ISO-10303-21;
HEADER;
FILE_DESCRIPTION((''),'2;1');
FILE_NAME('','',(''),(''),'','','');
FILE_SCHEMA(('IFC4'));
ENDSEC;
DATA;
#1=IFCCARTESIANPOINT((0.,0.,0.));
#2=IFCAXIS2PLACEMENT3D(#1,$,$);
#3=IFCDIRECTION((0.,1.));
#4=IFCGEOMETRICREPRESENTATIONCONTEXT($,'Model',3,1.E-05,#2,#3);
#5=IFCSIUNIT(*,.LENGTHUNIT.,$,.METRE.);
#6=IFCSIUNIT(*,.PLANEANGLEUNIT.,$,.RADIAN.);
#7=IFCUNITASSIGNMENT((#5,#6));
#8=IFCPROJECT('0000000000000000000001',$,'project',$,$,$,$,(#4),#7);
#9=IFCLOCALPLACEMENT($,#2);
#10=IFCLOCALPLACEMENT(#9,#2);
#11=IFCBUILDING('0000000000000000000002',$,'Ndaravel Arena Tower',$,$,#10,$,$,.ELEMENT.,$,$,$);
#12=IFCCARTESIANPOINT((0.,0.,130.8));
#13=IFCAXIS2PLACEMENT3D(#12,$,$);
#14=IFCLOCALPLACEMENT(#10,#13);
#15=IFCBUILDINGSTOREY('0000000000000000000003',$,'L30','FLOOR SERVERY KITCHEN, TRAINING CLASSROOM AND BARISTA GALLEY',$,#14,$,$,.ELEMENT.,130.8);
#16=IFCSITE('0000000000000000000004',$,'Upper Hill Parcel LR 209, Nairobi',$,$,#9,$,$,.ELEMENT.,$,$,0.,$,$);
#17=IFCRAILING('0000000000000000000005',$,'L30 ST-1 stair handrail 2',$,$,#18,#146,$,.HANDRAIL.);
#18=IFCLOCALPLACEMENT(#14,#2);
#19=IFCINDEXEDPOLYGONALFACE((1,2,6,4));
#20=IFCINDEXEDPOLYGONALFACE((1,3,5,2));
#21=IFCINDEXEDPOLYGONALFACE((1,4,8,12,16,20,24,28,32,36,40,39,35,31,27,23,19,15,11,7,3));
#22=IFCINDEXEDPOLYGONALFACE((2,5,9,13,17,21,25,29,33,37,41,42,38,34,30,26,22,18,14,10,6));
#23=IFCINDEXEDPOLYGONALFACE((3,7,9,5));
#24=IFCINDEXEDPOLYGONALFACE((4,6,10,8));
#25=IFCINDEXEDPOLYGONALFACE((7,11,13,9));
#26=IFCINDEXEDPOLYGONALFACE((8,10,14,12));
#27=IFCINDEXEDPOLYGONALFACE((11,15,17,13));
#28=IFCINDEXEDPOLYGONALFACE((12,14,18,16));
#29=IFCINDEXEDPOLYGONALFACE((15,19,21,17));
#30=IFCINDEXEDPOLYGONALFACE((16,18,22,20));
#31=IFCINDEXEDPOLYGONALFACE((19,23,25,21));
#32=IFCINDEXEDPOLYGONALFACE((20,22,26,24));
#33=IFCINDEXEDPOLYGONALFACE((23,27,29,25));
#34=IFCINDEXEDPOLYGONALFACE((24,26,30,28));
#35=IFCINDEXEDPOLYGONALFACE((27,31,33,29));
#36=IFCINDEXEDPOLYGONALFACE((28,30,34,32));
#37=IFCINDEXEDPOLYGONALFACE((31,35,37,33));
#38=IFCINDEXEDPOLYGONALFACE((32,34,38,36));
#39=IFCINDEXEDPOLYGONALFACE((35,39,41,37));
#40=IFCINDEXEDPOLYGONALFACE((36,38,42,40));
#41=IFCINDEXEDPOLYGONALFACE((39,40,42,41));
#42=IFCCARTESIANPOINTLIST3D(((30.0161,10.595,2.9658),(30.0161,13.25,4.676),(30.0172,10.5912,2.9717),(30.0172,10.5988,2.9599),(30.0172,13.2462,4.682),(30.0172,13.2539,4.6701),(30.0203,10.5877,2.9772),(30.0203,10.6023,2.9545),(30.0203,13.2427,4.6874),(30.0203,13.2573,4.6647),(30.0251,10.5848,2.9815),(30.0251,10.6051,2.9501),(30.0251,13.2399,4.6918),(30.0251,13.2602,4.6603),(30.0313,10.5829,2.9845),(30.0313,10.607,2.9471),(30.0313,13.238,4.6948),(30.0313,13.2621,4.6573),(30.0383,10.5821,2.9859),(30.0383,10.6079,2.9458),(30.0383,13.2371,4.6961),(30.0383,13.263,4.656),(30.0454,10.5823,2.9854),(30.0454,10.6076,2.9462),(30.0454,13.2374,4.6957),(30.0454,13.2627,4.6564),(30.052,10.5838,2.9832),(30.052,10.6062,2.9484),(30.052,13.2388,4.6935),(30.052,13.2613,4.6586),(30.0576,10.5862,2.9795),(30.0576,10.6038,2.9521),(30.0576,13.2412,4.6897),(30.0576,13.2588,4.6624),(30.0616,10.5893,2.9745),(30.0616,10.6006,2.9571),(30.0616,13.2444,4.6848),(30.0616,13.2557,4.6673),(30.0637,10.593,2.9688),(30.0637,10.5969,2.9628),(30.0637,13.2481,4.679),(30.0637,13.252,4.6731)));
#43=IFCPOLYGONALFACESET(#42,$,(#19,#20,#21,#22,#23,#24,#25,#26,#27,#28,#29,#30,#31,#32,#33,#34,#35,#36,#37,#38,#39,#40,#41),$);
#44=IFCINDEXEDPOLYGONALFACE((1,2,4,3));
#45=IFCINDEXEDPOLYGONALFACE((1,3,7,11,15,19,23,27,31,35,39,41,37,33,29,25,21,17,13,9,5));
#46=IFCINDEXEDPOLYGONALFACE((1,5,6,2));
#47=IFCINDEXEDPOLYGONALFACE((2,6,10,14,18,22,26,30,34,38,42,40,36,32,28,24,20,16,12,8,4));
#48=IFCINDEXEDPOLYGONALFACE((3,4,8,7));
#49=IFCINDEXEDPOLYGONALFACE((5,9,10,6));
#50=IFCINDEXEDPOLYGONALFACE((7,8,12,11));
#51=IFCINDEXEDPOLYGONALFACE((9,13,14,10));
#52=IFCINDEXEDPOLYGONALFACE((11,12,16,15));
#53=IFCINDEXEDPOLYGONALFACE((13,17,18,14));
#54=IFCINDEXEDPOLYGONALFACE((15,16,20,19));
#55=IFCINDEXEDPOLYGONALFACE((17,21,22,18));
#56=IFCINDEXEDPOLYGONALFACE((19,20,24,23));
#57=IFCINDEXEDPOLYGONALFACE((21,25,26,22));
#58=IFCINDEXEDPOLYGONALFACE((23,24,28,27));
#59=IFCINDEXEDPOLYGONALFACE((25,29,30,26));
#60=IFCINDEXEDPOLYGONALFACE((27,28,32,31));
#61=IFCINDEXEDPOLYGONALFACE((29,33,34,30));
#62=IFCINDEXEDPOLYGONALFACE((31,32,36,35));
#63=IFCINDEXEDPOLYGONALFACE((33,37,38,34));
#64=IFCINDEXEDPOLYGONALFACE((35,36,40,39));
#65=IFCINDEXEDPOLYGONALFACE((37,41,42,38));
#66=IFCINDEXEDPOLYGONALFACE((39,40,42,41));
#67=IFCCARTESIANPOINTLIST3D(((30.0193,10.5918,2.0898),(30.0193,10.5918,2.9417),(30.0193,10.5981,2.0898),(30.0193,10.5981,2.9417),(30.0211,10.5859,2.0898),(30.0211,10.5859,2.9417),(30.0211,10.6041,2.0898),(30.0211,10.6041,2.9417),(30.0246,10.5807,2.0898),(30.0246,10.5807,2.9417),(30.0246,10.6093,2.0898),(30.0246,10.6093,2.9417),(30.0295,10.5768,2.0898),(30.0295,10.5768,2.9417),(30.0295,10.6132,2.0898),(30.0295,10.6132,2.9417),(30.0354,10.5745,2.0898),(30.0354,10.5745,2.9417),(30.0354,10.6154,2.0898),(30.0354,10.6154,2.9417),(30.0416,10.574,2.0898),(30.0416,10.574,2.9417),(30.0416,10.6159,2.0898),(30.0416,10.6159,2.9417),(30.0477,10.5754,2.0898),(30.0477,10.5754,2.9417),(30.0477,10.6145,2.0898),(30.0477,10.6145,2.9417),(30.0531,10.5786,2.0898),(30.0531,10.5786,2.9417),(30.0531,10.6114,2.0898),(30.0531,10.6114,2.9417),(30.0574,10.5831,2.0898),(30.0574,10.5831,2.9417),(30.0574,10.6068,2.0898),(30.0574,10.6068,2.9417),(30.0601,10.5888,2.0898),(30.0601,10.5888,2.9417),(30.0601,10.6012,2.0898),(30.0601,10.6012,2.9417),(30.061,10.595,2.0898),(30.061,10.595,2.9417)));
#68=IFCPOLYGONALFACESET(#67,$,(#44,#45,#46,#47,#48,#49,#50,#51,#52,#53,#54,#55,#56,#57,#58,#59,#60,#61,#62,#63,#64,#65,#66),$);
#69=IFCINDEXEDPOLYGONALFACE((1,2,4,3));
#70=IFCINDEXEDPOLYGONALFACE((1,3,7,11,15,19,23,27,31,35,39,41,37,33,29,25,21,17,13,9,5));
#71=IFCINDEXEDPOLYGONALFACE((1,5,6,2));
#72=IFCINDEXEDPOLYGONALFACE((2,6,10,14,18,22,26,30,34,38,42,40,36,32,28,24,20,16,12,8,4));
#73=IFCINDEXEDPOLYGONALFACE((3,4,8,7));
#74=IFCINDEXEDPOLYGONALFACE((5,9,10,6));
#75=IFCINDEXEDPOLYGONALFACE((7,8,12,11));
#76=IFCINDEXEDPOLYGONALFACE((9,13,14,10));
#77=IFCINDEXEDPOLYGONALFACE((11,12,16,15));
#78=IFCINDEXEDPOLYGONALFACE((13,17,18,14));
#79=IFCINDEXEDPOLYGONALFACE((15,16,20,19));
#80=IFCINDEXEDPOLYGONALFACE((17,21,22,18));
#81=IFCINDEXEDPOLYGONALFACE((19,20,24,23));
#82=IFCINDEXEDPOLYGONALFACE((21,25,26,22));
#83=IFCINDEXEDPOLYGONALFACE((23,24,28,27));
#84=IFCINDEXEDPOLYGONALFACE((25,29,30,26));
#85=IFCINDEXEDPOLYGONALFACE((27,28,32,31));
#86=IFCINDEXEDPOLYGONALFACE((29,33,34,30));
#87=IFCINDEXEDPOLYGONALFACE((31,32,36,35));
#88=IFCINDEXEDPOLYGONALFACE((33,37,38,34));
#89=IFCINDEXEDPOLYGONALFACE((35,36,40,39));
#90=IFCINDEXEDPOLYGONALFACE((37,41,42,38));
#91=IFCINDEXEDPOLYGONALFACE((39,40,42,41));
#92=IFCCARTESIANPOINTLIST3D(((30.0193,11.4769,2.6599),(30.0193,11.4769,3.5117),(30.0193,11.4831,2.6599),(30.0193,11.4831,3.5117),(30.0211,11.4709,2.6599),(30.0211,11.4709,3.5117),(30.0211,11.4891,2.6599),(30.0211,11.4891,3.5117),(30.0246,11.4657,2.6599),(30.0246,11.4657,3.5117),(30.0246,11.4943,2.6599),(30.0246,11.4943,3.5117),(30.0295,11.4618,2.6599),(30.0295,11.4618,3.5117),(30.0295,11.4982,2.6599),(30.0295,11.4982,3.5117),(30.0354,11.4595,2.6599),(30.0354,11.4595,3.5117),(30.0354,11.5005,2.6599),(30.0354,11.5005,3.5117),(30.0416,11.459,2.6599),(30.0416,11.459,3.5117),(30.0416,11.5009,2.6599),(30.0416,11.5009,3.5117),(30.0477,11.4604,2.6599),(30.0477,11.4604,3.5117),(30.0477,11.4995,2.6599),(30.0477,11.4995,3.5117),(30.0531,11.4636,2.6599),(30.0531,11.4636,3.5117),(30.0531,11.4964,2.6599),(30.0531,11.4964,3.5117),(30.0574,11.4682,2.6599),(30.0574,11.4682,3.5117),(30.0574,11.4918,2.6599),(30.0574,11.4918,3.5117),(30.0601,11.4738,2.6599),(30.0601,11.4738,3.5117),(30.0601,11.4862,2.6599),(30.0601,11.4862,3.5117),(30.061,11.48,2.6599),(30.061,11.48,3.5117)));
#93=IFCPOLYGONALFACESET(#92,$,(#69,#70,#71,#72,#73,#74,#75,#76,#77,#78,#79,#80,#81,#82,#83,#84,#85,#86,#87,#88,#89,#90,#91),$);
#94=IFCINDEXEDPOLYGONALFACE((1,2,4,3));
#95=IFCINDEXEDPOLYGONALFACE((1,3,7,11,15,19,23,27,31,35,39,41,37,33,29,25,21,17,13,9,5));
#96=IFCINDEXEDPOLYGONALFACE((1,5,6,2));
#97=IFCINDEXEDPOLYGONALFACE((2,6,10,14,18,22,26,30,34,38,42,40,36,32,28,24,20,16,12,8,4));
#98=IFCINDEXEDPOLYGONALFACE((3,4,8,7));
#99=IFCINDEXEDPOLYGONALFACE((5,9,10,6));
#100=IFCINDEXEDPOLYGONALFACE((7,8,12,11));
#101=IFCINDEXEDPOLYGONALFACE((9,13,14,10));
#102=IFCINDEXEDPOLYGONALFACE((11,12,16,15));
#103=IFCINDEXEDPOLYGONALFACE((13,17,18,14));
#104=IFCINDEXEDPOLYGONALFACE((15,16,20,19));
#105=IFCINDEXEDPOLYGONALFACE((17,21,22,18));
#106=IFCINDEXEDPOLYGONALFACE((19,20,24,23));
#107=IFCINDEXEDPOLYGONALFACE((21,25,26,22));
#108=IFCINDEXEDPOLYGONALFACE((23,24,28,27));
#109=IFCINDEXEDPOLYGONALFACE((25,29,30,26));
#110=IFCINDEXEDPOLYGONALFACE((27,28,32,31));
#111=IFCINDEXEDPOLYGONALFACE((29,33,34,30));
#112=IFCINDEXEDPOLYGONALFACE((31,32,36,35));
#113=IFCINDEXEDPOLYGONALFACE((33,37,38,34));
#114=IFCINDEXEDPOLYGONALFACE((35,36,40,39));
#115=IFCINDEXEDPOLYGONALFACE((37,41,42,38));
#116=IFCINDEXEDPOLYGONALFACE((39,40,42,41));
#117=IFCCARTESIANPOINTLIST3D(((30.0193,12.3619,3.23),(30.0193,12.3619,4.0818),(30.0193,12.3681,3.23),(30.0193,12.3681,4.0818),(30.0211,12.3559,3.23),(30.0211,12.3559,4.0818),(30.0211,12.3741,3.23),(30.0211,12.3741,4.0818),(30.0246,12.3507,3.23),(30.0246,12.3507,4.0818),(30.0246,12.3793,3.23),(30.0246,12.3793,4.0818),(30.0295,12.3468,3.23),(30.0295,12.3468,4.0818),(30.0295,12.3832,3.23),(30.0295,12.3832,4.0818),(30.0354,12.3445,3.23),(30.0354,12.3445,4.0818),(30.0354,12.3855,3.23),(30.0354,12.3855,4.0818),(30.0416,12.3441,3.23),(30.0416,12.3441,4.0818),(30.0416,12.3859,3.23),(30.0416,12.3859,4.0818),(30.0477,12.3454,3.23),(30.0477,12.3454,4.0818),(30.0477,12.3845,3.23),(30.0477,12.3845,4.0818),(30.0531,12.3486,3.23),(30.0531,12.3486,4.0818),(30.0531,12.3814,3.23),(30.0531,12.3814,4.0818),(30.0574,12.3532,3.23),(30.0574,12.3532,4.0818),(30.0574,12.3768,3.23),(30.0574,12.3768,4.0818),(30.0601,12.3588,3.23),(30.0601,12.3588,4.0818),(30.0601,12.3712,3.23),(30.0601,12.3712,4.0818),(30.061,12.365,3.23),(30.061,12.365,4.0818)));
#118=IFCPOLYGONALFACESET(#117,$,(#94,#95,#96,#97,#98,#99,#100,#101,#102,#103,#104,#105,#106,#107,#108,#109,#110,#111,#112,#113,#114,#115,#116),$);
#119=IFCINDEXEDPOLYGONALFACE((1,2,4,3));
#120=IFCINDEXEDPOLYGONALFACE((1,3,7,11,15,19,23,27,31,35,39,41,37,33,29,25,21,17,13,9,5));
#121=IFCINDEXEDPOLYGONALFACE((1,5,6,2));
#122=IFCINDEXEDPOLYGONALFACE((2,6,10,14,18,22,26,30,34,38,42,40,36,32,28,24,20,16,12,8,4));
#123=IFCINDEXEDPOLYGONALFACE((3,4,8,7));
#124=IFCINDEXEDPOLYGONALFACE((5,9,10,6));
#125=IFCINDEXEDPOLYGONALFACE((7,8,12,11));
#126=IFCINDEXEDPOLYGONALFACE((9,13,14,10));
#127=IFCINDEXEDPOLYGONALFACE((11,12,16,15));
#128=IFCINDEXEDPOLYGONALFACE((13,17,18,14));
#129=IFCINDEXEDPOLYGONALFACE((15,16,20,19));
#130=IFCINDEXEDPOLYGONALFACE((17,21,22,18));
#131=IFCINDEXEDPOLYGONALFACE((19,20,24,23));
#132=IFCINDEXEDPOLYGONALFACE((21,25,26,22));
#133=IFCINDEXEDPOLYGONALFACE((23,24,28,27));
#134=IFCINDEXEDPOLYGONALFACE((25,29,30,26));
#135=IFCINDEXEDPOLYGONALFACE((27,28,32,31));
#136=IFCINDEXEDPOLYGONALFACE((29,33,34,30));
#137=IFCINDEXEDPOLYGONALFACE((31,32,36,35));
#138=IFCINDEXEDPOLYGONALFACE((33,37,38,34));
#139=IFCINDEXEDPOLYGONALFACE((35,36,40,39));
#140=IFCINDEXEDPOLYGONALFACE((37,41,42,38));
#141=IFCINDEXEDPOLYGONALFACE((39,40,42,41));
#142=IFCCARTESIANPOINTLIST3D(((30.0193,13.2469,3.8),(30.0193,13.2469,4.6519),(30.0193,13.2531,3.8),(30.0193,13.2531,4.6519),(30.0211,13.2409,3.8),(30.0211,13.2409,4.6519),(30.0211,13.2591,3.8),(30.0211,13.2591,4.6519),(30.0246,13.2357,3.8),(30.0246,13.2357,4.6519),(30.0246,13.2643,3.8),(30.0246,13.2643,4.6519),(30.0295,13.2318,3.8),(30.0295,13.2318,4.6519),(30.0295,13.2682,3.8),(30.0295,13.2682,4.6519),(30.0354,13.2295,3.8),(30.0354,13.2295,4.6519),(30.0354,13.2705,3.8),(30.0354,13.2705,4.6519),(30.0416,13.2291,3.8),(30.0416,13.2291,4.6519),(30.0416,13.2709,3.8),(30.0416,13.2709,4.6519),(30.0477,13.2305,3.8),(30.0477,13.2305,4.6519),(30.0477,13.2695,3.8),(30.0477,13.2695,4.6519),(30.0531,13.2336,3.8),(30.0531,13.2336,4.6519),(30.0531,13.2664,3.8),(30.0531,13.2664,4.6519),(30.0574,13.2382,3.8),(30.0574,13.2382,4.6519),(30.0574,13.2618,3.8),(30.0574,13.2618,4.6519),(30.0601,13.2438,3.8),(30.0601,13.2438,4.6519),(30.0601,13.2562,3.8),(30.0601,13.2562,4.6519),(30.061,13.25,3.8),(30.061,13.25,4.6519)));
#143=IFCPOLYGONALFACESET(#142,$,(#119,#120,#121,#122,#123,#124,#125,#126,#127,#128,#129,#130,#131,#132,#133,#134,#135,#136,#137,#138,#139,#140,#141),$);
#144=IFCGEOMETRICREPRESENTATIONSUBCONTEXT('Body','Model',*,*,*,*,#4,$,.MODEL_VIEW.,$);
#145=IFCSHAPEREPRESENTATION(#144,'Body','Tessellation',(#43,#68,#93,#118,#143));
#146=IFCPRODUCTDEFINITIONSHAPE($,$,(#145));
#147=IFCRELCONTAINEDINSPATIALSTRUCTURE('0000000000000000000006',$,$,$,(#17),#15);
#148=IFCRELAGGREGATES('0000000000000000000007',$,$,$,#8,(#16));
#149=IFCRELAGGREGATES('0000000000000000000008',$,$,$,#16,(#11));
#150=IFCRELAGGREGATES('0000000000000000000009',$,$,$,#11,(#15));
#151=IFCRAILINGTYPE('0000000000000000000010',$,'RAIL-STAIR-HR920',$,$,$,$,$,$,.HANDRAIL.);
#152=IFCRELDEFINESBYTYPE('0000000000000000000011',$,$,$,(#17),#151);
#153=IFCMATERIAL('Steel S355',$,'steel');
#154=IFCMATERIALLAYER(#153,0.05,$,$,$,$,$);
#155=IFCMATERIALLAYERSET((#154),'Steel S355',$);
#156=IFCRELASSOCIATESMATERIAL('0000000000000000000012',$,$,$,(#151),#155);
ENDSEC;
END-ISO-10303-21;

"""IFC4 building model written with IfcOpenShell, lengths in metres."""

from ifc_helpers import new_model, si_unit, direction, frame, origin, origin_2d, place, context, subcontext, project, spatial, circle, extrude, material, layer, layer_set, type_object, element, save


model = new_model("IFC4")

# Units and contexts
model_context = context("Model", 3, precision=1e-05, world=origin(), true_north=direction((0.0, 1.0)))
body_context = subcontext(model_context, "Body", "Model", "MODEL_VIEW")
ifc_project = project(units=[si_unit("LENGTHUNIT", "METRE"), si_unit("PLANEANGLEUNIT", "RADIAN")], contexts=[model_context])

# Site, building, storey
site_placement = place(None, origin())
site = spatial("IfcSite", under=ifc_project, at=site_placement, Name="Upper Hill Parcel LR 209, Nairobi", CompositionType="ELEMENT", RefElevation=0.0)
building_placement = place(site_placement, origin())
building = spatial("IfcBuilding", under=site, at=building_placement, Name="Ndaravel Arena Tower", CompositionType="ELEMENT")
storey_placement = place(building_placement, frame((0.0, 0.0, 130.8)))
storey = spatial("IfcBuildingStorey", under=building, at=storey_placement, Name="L30", Description="FLOOR SERVERY KITCHEN, TRAINING CLASSROOM AND BARISTA GALLEY", CompositionType="ELEMENT", Elevation=130.8)

# Railing
ifc_material_1 = material(Name="Steel S355", Category="steel")
ifc_layer_1 = layer(ifc_material_1, 0.05)
ifc_layer_set_1 = layer_set([ifc_layer_1], Name="Steel S355")
railing_type_1 = type_object("IfcRailingType", Name="RAIL-STAIR-HR920", PredefinedType="HANDRAIL", material=ifc_layer_set_1)
railing_1_placement = place(storey_placement, frame((30.04, 10.595, 2.0898)))
element("IfcRailing", 1, at=railing_1_placement, inside=storey, type_object=railing_type_1, Name="L30 ST-1 stair handrail 2", PredefinedType="HANDRAIL", context=body_context, shape_type="SweptSolid", body=[
    extrude(circle(Radius=0.0239, at=origin_2d()), frame((0.0, 0.0, 0.876), z_axis=(0.0, 0.840688, 0.541519), x_axis=(-1.0, 0.0, 0.0)), (0.0, 0.0, 1.0), 3.1582),
    extrude(circle(Radius=0.021, at=origin_2d()), origin(), (0.0, 0.0, 1.0), 0.8518),
    extrude(circle(Radius=0.021, at=origin_2d()), frame((0.0, 0.885, 0.5701)), (0.0, 0.0, 1.0), 0.8518),
    extrude(circle(Radius=0.021, at=origin_2d()), frame((0.0, 1.77, 1.1401)), (0.0, 0.0, 1.0), 0.8518),
    extrude(circle(Radius=0.021, at=origin_2d()), frame((0.0, 2.655, 1.7102)), (0.0, 0.0, 1.0), 0.8518),
])

save(model, "model.ifc")
